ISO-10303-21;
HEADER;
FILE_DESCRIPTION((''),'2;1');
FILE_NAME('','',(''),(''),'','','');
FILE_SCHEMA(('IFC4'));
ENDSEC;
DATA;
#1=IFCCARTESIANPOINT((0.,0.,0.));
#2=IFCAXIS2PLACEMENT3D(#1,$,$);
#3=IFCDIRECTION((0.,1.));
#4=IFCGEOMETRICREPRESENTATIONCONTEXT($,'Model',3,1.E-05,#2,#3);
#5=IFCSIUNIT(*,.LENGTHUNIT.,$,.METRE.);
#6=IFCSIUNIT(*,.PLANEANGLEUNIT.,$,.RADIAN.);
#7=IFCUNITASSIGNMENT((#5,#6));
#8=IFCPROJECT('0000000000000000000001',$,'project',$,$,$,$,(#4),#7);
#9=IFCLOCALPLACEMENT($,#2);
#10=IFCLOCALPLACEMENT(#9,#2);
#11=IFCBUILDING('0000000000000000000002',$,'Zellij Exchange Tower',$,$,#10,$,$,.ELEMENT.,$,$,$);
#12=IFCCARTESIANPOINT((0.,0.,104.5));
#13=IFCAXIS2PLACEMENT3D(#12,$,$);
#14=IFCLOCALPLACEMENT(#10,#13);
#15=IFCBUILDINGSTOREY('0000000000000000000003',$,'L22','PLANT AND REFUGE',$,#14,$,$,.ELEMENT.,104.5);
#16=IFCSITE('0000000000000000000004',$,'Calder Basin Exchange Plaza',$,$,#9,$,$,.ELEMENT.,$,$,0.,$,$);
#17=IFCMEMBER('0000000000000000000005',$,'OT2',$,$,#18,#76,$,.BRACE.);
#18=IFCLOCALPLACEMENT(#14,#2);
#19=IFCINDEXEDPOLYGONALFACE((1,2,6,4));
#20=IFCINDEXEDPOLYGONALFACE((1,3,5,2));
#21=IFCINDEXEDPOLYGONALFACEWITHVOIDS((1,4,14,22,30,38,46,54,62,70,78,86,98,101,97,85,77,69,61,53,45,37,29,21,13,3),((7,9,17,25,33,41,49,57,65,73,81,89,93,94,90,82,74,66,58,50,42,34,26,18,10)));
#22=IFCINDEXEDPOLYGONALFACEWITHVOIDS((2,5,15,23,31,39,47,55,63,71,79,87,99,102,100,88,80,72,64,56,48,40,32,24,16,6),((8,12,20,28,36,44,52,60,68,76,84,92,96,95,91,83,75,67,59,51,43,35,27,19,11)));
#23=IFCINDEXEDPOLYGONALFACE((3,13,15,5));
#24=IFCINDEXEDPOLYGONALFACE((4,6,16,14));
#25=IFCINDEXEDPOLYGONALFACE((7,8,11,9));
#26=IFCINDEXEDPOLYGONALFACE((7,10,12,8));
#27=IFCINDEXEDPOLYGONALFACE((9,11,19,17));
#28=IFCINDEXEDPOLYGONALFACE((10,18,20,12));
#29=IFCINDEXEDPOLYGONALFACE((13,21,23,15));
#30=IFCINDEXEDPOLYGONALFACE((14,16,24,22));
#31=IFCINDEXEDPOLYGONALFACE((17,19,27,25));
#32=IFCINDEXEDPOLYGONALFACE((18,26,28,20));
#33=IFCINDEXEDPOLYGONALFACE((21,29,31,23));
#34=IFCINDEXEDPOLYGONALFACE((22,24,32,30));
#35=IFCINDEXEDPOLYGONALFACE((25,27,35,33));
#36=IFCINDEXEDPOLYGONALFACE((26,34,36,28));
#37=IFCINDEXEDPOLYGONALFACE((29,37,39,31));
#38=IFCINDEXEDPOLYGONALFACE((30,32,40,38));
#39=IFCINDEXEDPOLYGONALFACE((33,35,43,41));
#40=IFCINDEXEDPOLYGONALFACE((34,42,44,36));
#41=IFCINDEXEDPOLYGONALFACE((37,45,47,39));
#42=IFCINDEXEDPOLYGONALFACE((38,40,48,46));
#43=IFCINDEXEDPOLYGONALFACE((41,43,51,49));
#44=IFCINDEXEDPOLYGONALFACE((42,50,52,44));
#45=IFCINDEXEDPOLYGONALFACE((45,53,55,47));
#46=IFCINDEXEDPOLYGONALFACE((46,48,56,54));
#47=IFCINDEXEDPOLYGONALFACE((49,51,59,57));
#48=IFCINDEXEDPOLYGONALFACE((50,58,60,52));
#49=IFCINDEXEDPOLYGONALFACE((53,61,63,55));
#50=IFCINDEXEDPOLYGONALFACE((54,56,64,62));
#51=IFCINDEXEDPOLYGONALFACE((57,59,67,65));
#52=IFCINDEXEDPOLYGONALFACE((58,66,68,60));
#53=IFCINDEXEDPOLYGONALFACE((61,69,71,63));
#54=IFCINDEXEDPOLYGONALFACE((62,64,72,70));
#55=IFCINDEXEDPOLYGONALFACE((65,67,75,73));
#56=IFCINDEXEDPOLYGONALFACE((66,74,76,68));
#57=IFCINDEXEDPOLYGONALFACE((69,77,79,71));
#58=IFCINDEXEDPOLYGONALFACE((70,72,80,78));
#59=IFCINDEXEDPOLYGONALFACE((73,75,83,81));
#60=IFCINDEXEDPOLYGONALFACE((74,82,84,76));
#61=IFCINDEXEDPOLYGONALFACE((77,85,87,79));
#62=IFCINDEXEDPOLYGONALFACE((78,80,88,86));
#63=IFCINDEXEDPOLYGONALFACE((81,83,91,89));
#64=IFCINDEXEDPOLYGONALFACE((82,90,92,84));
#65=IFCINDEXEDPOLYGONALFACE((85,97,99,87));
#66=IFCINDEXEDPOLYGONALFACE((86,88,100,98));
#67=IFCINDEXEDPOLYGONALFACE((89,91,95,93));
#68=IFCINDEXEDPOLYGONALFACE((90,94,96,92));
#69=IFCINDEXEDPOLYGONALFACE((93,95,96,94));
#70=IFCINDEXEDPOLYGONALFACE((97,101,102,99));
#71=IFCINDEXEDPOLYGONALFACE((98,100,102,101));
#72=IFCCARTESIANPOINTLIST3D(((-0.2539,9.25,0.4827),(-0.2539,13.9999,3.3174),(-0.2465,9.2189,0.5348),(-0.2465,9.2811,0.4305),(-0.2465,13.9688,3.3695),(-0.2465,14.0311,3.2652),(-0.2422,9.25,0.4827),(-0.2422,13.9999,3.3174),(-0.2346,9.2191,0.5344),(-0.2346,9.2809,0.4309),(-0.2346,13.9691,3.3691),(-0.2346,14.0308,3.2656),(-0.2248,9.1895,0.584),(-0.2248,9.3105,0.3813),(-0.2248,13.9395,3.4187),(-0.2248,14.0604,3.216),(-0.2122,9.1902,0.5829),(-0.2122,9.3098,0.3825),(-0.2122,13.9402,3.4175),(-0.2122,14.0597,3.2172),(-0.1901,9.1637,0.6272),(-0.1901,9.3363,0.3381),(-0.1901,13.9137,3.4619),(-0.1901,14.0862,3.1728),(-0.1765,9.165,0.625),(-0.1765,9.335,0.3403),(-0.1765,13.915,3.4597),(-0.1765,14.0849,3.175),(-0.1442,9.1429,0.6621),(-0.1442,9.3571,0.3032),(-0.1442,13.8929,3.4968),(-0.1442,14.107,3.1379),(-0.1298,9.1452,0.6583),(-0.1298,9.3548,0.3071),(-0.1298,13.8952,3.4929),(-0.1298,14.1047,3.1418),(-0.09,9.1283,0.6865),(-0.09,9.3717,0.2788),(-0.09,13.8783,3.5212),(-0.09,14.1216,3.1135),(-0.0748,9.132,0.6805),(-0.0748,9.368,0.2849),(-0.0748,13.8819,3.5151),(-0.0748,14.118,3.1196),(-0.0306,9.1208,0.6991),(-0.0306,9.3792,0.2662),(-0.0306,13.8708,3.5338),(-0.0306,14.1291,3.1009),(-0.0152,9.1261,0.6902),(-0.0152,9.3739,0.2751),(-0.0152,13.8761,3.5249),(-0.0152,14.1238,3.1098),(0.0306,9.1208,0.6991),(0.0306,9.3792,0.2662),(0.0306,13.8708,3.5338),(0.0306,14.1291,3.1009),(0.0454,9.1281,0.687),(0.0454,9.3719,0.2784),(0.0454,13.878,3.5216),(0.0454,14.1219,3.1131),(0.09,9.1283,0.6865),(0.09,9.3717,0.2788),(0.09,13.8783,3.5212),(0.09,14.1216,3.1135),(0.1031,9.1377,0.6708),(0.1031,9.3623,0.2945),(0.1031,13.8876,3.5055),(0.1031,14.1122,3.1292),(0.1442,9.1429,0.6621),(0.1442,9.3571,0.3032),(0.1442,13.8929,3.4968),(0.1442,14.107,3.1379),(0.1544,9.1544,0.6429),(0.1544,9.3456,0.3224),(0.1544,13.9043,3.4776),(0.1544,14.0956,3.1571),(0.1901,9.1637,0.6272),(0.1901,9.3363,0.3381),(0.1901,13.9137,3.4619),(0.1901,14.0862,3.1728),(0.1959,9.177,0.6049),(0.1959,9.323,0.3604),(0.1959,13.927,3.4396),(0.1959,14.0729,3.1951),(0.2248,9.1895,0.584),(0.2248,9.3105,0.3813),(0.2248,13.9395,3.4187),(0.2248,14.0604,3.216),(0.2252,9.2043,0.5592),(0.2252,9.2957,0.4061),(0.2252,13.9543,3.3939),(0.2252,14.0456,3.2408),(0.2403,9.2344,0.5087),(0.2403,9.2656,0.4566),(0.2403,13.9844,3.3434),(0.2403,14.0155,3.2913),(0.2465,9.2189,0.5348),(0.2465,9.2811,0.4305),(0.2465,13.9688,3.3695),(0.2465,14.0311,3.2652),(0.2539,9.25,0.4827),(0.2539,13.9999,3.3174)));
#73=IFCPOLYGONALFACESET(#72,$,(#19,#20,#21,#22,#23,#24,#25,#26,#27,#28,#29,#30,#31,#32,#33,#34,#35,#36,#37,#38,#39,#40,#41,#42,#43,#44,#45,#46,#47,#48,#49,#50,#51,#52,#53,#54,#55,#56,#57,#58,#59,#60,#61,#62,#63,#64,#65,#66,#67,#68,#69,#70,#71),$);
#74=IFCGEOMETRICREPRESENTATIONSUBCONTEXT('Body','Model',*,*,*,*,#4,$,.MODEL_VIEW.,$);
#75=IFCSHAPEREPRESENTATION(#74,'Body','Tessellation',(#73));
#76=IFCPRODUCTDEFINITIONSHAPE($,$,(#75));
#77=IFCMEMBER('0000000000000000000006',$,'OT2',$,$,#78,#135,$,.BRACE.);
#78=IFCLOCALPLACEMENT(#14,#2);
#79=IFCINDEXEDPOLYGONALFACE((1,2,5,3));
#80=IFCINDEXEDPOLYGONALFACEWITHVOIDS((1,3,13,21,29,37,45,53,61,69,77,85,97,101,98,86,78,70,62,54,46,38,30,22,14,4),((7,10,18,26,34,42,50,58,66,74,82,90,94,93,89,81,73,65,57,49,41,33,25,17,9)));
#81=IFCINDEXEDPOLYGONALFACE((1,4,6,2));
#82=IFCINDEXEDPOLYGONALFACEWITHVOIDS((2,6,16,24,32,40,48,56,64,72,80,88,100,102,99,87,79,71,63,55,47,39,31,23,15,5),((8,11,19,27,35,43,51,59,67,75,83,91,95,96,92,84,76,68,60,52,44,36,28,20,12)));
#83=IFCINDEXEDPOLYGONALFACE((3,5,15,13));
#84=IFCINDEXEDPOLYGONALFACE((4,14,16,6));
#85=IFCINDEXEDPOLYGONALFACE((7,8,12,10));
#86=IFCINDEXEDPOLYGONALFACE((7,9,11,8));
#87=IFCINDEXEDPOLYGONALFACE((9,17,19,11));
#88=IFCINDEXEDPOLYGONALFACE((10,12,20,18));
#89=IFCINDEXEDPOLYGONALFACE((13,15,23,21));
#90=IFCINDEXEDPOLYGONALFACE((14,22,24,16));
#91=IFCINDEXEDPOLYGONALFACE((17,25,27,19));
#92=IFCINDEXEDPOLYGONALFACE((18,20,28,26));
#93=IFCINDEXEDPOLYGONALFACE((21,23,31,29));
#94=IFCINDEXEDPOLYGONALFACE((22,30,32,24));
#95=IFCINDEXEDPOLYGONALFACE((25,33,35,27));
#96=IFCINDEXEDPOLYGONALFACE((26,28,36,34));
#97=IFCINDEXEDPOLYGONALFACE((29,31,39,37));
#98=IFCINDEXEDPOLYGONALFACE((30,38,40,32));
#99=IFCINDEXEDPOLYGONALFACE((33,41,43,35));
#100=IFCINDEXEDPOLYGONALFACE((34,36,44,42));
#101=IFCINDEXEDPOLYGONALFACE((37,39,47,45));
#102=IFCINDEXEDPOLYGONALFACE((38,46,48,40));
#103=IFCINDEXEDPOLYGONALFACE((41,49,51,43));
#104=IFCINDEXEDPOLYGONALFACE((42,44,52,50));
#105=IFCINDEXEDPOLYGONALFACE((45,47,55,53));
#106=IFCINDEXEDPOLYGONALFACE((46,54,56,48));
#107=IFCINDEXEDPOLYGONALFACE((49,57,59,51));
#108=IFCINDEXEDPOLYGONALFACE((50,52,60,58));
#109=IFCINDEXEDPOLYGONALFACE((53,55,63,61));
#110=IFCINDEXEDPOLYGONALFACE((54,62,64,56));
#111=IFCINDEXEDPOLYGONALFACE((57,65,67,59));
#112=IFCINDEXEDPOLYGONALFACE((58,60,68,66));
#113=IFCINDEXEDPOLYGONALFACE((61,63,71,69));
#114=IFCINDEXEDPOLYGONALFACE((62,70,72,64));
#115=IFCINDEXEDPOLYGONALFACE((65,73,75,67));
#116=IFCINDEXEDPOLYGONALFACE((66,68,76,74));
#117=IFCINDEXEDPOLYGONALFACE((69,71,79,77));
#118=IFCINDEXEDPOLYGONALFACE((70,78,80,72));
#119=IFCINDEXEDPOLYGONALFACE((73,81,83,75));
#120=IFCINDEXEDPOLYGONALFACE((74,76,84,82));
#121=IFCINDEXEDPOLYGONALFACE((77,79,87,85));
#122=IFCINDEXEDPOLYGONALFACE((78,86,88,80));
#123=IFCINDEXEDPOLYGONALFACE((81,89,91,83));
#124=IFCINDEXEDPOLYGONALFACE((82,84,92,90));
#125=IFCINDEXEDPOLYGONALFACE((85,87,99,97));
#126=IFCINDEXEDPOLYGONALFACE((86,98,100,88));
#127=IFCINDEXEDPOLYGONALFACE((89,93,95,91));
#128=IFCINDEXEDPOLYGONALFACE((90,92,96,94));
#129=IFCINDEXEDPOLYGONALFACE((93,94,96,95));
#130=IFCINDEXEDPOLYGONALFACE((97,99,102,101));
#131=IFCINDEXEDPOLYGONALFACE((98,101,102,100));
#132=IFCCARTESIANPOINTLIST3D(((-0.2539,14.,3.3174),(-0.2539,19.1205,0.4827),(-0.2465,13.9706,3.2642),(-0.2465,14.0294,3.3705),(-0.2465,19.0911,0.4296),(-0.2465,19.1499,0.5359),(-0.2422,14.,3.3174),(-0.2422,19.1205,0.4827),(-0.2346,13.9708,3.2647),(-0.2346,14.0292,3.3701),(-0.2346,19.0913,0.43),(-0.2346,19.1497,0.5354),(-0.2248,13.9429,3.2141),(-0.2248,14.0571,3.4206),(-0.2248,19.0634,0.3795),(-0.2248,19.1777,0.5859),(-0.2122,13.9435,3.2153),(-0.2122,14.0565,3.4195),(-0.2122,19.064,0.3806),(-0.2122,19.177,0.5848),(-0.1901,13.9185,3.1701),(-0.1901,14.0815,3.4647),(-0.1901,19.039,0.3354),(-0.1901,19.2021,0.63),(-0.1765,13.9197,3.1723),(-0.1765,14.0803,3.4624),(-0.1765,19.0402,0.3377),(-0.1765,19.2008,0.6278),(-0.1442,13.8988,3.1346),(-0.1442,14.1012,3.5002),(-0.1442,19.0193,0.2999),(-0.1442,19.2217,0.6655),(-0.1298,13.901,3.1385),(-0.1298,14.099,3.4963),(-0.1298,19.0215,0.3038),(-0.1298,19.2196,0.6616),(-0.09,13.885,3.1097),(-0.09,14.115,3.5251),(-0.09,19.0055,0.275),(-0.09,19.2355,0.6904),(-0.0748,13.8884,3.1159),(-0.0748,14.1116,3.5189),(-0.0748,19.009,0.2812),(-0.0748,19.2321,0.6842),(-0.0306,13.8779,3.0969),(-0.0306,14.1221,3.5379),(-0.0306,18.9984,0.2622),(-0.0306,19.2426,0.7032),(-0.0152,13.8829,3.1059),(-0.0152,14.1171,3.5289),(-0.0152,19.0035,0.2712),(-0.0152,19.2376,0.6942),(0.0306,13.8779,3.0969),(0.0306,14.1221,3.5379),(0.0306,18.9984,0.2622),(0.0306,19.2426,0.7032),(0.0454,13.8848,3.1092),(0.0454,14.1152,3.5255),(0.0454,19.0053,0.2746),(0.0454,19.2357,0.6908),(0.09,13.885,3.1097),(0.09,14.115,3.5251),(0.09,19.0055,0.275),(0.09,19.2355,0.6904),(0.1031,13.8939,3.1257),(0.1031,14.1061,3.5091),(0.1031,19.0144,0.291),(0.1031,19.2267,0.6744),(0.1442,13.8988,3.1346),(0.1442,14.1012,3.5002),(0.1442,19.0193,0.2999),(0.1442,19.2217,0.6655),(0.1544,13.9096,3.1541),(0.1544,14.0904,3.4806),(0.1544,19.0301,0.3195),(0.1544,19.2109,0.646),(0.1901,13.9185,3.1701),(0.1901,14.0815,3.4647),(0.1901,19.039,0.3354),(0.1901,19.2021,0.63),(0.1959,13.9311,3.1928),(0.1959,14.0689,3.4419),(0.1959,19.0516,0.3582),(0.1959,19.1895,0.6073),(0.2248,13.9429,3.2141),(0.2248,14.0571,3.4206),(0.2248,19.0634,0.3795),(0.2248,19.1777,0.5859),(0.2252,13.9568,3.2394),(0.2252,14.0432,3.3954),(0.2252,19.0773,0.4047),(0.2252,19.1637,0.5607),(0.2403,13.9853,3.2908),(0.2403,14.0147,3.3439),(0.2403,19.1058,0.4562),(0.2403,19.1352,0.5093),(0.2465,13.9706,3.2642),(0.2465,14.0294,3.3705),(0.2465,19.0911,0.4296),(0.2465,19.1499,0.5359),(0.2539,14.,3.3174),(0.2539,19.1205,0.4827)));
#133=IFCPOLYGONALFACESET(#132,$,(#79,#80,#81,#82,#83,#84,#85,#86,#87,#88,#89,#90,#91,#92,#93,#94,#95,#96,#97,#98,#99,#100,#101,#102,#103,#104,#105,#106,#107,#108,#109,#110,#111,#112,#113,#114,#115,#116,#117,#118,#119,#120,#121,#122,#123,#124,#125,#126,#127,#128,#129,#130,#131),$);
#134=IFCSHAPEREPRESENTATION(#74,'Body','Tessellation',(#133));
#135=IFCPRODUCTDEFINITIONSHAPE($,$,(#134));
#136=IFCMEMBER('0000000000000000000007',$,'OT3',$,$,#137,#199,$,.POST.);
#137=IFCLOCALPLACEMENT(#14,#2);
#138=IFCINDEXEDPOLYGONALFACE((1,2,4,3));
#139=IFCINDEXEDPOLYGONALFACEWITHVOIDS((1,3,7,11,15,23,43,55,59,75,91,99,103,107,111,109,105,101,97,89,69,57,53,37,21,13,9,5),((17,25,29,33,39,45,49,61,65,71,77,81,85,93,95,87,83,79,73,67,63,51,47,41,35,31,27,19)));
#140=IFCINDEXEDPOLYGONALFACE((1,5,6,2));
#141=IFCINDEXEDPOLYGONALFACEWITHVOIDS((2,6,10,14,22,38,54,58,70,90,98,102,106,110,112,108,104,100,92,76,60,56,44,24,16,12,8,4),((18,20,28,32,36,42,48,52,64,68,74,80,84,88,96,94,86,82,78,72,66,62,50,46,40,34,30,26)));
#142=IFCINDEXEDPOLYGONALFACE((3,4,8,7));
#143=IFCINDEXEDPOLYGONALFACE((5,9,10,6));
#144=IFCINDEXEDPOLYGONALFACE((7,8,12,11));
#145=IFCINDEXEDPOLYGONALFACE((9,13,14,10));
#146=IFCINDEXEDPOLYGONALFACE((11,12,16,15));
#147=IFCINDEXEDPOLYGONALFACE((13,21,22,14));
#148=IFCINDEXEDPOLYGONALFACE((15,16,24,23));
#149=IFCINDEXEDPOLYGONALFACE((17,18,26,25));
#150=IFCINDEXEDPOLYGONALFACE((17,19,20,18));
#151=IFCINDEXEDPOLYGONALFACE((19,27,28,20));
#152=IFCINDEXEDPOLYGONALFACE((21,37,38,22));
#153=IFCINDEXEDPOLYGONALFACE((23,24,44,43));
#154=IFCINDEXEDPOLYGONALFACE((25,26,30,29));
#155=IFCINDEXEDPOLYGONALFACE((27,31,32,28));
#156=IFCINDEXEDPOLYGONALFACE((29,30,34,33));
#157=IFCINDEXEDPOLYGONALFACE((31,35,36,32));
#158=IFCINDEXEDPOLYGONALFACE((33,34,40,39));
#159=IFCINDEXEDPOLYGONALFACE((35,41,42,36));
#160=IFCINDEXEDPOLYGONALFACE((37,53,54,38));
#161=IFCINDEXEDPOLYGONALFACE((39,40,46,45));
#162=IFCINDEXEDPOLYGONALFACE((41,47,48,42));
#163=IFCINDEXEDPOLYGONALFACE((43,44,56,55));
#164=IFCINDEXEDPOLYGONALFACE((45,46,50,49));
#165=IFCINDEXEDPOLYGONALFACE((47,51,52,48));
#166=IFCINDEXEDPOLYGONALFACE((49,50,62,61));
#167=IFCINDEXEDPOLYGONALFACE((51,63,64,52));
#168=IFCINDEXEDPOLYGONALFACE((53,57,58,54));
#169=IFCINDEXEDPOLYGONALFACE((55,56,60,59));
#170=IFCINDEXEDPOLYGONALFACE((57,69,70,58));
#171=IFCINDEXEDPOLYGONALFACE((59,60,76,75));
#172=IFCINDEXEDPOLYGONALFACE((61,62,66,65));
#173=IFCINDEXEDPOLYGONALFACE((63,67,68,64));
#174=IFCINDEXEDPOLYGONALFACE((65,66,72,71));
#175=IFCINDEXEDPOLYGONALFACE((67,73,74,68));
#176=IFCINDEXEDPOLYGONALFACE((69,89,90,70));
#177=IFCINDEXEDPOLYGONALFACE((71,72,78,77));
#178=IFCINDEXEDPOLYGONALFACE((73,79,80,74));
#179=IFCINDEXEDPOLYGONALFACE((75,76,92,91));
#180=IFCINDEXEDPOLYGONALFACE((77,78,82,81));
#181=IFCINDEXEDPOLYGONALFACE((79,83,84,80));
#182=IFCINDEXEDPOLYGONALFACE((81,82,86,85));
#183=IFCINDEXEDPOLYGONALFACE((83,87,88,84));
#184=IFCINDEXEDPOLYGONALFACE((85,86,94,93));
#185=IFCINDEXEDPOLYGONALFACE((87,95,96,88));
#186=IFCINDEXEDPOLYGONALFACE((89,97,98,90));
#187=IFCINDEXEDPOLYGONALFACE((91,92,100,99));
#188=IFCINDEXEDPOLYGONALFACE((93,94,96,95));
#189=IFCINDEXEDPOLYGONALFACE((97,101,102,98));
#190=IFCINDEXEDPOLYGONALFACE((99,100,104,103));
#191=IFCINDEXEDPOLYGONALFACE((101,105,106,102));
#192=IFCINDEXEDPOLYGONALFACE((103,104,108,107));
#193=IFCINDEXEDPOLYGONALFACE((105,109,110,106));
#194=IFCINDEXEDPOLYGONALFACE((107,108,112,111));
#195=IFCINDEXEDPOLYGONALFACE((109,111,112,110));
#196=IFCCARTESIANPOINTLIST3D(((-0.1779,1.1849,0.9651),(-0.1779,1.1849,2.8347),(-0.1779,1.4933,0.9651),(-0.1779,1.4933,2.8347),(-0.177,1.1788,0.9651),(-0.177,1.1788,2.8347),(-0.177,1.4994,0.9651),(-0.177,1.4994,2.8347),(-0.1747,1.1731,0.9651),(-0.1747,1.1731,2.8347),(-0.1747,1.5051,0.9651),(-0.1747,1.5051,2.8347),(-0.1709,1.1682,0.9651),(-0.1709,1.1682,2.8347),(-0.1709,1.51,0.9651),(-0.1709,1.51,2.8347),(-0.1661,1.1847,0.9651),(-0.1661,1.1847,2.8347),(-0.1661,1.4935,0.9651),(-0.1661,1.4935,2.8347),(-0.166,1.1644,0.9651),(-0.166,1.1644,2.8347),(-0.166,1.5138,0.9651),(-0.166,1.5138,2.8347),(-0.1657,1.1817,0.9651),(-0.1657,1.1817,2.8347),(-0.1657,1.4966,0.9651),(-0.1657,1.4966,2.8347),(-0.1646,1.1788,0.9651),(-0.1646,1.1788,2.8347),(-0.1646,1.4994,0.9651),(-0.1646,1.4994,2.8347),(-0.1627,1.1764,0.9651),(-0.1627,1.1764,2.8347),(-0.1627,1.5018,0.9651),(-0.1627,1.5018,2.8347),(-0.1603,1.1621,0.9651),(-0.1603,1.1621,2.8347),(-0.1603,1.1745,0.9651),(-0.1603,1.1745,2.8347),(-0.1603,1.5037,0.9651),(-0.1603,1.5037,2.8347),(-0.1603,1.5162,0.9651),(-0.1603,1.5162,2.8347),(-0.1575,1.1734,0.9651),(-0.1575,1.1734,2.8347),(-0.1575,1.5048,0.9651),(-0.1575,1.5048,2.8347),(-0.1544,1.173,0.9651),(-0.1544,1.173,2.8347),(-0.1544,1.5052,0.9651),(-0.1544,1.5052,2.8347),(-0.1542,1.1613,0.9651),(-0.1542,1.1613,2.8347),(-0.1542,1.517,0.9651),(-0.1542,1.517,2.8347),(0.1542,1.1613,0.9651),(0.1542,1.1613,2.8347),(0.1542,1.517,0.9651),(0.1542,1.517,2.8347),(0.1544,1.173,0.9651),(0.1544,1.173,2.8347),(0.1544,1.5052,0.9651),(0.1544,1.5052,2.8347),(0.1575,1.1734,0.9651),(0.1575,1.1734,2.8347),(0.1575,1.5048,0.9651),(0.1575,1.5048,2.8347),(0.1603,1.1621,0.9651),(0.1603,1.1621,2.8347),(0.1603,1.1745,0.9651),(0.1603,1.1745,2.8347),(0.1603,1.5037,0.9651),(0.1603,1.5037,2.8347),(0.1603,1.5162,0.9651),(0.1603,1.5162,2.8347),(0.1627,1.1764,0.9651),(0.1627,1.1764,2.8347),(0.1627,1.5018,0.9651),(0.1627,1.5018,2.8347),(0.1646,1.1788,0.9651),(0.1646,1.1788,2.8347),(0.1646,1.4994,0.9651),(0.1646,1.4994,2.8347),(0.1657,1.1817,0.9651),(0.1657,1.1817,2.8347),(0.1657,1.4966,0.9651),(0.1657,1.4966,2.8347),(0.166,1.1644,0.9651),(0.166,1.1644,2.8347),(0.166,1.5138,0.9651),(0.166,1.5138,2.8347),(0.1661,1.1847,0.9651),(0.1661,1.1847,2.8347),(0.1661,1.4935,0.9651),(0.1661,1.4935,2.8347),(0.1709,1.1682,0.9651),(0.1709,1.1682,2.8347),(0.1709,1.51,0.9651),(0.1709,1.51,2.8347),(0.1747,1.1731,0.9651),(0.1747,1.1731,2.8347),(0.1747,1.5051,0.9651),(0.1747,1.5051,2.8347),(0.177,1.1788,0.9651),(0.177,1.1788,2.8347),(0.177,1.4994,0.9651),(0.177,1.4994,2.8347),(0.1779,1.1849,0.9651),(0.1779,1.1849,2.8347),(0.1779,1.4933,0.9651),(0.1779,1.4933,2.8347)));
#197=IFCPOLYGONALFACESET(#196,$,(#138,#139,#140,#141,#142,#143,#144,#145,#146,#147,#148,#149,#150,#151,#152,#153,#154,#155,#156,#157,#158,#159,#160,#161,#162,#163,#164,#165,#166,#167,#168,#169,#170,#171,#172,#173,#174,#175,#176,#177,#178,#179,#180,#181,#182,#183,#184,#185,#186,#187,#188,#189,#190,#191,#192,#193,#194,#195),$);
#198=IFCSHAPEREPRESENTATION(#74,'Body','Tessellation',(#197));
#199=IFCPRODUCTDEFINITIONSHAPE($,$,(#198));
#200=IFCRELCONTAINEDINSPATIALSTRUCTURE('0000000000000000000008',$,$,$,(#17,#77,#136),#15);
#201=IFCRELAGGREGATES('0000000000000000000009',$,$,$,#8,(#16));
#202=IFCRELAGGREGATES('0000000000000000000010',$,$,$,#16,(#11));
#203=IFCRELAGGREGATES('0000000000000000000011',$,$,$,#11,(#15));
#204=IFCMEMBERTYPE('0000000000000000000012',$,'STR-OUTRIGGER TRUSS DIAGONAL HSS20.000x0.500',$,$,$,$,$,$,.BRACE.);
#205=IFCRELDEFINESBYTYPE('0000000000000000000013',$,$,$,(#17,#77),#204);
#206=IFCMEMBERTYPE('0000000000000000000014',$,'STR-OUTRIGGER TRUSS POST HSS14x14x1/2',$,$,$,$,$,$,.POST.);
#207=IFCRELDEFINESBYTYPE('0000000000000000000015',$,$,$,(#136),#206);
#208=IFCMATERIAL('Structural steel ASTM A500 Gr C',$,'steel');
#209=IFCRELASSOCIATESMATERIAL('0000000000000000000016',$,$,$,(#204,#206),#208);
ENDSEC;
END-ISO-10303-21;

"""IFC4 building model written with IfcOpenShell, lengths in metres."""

from ifc_helpers import new_model, si_unit, direction, frame, origin, origin_2d, place, context, subcontext, project, spatial, hollow_rectangle, hollow_circle, extrude, material, material_profile, profile_set, type_object, element, save


model = new_model("IFC4")

# Units and contexts
model_context = context("Model", 3, precision=1e-05, world=origin(), true_north=direction((0.0, 1.0)))
body_context = subcontext(model_context, "Body", "Model", "MODEL_VIEW")
ifc_project = project(units=[si_unit("LENGTHUNIT", "METRE"), si_unit("PLANEANGLEUNIT", "RADIAN")], contexts=[model_context])

# Site, building, storey
site_placement = place(None, origin())
site = spatial("IfcSite", under=ifc_project, at=site_placement, Name="Calder Basin Exchange Plaza", CompositionType="ELEMENT", RefElevation=0.0)
building_placement = place(site_placement, origin())
building = spatial("IfcBuilding", under=site, at=building_placement, Name="Zellij Exchange Tower", CompositionType="ELEMENT")
storey_placement = place(building_placement, frame((0.0, 0.0, 104.5)))
storey = spatial("IfcBuildingStorey", under=building, at=storey_placement, Name="L22", Description="PLANT AND REFUGE", CompositionType="ELEMENT", Elevation=104.5)

# Members
ifc_material_1 = material(Name="Structural steel ASTM A500 Gr C", Category="steel")
ifc_material_profile_1 = material_profile(ifc_material_1, hollow_circle(Radius=0.2539, WallThickness=0.0117, at=origin_2d()), Name="STR-OUTRIGGER TRUSS DIAGONAL HSS20.000x0.500")
ifc_profile_set_1 = profile_set([ifc_material_profile_1], Name="Structural steel ASTM A500 Gr C")
member_type_1 = type_object("IfcMemberType", Name="STR-OUTRIGGER TRUSS DIAGONAL HSS20.000x0.500", PredefinedType="BRACE", material=ifc_profile_set_1)
for number, where, z_axis, x_axis, name in (
    (1, (0.0, 9.25, 0.4827), (0.0, 0.858709, 0.512463), (-1.0, 0.0, 0.0), "OT2"),
):
    element("IfcMember", number, at=place(storey_placement, frame(where, z_axis=z_axis, x_axis=x_axis)), inside=storey, type_object=member_type_1, Name=name, PredefinedType="BRACE", context=body_context, shape_type="SweptSolid", body=[
        extrude(hollow_circle(Radius=0.2539, WallThickness=0.0117, at=origin_2d()), origin(), (0.0, 0.0, 1.0), 5.5315),
    ])
member_1_placement = place(storey_placement, frame((0.0, 14.0, 3.3174), z_axis=(0.0, 0.874886, -0.484328), x_axis=(-1.0, 0.0, 0.0)))
element("IfcMember", 2, at=member_1_placement, inside=storey, type_object=member_type_1, Name="OT2", PredefinedType="BRACE", context=body_context, shape_type="SweptSolid", body=[
    extrude(hollow_circle(Radius=0.2539, WallThickness=0.0117, at=origin_2d()), origin(), (0.0, 0.0, 1.0), 5.8528),
])
ifc_material_profile_2 = material_profile(ifc_material_1, hollow_rectangle(XDim=0.3557, YDim=0.3557, WallThickness=0.0117, InnerFilletRadius=0.0117, OuterFilletRadius=0.0237, at=origin_2d()), Name="STR-OUTRIGGER TRUSS POST HSS14x14x1/2")
ifc_profile_set_2 = profile_set([ifc_material_profile_2], Name="Structural steel ASTM A500 Gr C")
member_type_2 = type_object("IfcMemberType", Name="STR-OUTRIGGER TRUSS POST HSS14x14x1/2", PredefinedType="POST", material=ifc_profile_set_2)
for number, where, z_axis, x_axis, name in (
    (3, (0.0, 1.3391, 0.9651), (0.0, 0.0, 1.0), (1.0, 0.0, 0.0), "OT3"),
):
    element("IfcMember", number, at=place(storey_placement, frame(where, z_axis=z_axis, x_axis=x_axis)), inside=storey, type_object=member_type_2, Name=name, PredefinedType="POST", context=body_context, shape_type="SweptSolid", body=[
        extrude(hollow_rectangle(XDim=0.3557, YDim=0.3557, WallThickness=0.0117, InnerFilletRadius=0.0117, OuterFilletRadius=0.0237, at=origin_2d()), origin(), (0.0, 0.0, 1.0), 1.8696),
    ])

save(model, "model.ifc")
